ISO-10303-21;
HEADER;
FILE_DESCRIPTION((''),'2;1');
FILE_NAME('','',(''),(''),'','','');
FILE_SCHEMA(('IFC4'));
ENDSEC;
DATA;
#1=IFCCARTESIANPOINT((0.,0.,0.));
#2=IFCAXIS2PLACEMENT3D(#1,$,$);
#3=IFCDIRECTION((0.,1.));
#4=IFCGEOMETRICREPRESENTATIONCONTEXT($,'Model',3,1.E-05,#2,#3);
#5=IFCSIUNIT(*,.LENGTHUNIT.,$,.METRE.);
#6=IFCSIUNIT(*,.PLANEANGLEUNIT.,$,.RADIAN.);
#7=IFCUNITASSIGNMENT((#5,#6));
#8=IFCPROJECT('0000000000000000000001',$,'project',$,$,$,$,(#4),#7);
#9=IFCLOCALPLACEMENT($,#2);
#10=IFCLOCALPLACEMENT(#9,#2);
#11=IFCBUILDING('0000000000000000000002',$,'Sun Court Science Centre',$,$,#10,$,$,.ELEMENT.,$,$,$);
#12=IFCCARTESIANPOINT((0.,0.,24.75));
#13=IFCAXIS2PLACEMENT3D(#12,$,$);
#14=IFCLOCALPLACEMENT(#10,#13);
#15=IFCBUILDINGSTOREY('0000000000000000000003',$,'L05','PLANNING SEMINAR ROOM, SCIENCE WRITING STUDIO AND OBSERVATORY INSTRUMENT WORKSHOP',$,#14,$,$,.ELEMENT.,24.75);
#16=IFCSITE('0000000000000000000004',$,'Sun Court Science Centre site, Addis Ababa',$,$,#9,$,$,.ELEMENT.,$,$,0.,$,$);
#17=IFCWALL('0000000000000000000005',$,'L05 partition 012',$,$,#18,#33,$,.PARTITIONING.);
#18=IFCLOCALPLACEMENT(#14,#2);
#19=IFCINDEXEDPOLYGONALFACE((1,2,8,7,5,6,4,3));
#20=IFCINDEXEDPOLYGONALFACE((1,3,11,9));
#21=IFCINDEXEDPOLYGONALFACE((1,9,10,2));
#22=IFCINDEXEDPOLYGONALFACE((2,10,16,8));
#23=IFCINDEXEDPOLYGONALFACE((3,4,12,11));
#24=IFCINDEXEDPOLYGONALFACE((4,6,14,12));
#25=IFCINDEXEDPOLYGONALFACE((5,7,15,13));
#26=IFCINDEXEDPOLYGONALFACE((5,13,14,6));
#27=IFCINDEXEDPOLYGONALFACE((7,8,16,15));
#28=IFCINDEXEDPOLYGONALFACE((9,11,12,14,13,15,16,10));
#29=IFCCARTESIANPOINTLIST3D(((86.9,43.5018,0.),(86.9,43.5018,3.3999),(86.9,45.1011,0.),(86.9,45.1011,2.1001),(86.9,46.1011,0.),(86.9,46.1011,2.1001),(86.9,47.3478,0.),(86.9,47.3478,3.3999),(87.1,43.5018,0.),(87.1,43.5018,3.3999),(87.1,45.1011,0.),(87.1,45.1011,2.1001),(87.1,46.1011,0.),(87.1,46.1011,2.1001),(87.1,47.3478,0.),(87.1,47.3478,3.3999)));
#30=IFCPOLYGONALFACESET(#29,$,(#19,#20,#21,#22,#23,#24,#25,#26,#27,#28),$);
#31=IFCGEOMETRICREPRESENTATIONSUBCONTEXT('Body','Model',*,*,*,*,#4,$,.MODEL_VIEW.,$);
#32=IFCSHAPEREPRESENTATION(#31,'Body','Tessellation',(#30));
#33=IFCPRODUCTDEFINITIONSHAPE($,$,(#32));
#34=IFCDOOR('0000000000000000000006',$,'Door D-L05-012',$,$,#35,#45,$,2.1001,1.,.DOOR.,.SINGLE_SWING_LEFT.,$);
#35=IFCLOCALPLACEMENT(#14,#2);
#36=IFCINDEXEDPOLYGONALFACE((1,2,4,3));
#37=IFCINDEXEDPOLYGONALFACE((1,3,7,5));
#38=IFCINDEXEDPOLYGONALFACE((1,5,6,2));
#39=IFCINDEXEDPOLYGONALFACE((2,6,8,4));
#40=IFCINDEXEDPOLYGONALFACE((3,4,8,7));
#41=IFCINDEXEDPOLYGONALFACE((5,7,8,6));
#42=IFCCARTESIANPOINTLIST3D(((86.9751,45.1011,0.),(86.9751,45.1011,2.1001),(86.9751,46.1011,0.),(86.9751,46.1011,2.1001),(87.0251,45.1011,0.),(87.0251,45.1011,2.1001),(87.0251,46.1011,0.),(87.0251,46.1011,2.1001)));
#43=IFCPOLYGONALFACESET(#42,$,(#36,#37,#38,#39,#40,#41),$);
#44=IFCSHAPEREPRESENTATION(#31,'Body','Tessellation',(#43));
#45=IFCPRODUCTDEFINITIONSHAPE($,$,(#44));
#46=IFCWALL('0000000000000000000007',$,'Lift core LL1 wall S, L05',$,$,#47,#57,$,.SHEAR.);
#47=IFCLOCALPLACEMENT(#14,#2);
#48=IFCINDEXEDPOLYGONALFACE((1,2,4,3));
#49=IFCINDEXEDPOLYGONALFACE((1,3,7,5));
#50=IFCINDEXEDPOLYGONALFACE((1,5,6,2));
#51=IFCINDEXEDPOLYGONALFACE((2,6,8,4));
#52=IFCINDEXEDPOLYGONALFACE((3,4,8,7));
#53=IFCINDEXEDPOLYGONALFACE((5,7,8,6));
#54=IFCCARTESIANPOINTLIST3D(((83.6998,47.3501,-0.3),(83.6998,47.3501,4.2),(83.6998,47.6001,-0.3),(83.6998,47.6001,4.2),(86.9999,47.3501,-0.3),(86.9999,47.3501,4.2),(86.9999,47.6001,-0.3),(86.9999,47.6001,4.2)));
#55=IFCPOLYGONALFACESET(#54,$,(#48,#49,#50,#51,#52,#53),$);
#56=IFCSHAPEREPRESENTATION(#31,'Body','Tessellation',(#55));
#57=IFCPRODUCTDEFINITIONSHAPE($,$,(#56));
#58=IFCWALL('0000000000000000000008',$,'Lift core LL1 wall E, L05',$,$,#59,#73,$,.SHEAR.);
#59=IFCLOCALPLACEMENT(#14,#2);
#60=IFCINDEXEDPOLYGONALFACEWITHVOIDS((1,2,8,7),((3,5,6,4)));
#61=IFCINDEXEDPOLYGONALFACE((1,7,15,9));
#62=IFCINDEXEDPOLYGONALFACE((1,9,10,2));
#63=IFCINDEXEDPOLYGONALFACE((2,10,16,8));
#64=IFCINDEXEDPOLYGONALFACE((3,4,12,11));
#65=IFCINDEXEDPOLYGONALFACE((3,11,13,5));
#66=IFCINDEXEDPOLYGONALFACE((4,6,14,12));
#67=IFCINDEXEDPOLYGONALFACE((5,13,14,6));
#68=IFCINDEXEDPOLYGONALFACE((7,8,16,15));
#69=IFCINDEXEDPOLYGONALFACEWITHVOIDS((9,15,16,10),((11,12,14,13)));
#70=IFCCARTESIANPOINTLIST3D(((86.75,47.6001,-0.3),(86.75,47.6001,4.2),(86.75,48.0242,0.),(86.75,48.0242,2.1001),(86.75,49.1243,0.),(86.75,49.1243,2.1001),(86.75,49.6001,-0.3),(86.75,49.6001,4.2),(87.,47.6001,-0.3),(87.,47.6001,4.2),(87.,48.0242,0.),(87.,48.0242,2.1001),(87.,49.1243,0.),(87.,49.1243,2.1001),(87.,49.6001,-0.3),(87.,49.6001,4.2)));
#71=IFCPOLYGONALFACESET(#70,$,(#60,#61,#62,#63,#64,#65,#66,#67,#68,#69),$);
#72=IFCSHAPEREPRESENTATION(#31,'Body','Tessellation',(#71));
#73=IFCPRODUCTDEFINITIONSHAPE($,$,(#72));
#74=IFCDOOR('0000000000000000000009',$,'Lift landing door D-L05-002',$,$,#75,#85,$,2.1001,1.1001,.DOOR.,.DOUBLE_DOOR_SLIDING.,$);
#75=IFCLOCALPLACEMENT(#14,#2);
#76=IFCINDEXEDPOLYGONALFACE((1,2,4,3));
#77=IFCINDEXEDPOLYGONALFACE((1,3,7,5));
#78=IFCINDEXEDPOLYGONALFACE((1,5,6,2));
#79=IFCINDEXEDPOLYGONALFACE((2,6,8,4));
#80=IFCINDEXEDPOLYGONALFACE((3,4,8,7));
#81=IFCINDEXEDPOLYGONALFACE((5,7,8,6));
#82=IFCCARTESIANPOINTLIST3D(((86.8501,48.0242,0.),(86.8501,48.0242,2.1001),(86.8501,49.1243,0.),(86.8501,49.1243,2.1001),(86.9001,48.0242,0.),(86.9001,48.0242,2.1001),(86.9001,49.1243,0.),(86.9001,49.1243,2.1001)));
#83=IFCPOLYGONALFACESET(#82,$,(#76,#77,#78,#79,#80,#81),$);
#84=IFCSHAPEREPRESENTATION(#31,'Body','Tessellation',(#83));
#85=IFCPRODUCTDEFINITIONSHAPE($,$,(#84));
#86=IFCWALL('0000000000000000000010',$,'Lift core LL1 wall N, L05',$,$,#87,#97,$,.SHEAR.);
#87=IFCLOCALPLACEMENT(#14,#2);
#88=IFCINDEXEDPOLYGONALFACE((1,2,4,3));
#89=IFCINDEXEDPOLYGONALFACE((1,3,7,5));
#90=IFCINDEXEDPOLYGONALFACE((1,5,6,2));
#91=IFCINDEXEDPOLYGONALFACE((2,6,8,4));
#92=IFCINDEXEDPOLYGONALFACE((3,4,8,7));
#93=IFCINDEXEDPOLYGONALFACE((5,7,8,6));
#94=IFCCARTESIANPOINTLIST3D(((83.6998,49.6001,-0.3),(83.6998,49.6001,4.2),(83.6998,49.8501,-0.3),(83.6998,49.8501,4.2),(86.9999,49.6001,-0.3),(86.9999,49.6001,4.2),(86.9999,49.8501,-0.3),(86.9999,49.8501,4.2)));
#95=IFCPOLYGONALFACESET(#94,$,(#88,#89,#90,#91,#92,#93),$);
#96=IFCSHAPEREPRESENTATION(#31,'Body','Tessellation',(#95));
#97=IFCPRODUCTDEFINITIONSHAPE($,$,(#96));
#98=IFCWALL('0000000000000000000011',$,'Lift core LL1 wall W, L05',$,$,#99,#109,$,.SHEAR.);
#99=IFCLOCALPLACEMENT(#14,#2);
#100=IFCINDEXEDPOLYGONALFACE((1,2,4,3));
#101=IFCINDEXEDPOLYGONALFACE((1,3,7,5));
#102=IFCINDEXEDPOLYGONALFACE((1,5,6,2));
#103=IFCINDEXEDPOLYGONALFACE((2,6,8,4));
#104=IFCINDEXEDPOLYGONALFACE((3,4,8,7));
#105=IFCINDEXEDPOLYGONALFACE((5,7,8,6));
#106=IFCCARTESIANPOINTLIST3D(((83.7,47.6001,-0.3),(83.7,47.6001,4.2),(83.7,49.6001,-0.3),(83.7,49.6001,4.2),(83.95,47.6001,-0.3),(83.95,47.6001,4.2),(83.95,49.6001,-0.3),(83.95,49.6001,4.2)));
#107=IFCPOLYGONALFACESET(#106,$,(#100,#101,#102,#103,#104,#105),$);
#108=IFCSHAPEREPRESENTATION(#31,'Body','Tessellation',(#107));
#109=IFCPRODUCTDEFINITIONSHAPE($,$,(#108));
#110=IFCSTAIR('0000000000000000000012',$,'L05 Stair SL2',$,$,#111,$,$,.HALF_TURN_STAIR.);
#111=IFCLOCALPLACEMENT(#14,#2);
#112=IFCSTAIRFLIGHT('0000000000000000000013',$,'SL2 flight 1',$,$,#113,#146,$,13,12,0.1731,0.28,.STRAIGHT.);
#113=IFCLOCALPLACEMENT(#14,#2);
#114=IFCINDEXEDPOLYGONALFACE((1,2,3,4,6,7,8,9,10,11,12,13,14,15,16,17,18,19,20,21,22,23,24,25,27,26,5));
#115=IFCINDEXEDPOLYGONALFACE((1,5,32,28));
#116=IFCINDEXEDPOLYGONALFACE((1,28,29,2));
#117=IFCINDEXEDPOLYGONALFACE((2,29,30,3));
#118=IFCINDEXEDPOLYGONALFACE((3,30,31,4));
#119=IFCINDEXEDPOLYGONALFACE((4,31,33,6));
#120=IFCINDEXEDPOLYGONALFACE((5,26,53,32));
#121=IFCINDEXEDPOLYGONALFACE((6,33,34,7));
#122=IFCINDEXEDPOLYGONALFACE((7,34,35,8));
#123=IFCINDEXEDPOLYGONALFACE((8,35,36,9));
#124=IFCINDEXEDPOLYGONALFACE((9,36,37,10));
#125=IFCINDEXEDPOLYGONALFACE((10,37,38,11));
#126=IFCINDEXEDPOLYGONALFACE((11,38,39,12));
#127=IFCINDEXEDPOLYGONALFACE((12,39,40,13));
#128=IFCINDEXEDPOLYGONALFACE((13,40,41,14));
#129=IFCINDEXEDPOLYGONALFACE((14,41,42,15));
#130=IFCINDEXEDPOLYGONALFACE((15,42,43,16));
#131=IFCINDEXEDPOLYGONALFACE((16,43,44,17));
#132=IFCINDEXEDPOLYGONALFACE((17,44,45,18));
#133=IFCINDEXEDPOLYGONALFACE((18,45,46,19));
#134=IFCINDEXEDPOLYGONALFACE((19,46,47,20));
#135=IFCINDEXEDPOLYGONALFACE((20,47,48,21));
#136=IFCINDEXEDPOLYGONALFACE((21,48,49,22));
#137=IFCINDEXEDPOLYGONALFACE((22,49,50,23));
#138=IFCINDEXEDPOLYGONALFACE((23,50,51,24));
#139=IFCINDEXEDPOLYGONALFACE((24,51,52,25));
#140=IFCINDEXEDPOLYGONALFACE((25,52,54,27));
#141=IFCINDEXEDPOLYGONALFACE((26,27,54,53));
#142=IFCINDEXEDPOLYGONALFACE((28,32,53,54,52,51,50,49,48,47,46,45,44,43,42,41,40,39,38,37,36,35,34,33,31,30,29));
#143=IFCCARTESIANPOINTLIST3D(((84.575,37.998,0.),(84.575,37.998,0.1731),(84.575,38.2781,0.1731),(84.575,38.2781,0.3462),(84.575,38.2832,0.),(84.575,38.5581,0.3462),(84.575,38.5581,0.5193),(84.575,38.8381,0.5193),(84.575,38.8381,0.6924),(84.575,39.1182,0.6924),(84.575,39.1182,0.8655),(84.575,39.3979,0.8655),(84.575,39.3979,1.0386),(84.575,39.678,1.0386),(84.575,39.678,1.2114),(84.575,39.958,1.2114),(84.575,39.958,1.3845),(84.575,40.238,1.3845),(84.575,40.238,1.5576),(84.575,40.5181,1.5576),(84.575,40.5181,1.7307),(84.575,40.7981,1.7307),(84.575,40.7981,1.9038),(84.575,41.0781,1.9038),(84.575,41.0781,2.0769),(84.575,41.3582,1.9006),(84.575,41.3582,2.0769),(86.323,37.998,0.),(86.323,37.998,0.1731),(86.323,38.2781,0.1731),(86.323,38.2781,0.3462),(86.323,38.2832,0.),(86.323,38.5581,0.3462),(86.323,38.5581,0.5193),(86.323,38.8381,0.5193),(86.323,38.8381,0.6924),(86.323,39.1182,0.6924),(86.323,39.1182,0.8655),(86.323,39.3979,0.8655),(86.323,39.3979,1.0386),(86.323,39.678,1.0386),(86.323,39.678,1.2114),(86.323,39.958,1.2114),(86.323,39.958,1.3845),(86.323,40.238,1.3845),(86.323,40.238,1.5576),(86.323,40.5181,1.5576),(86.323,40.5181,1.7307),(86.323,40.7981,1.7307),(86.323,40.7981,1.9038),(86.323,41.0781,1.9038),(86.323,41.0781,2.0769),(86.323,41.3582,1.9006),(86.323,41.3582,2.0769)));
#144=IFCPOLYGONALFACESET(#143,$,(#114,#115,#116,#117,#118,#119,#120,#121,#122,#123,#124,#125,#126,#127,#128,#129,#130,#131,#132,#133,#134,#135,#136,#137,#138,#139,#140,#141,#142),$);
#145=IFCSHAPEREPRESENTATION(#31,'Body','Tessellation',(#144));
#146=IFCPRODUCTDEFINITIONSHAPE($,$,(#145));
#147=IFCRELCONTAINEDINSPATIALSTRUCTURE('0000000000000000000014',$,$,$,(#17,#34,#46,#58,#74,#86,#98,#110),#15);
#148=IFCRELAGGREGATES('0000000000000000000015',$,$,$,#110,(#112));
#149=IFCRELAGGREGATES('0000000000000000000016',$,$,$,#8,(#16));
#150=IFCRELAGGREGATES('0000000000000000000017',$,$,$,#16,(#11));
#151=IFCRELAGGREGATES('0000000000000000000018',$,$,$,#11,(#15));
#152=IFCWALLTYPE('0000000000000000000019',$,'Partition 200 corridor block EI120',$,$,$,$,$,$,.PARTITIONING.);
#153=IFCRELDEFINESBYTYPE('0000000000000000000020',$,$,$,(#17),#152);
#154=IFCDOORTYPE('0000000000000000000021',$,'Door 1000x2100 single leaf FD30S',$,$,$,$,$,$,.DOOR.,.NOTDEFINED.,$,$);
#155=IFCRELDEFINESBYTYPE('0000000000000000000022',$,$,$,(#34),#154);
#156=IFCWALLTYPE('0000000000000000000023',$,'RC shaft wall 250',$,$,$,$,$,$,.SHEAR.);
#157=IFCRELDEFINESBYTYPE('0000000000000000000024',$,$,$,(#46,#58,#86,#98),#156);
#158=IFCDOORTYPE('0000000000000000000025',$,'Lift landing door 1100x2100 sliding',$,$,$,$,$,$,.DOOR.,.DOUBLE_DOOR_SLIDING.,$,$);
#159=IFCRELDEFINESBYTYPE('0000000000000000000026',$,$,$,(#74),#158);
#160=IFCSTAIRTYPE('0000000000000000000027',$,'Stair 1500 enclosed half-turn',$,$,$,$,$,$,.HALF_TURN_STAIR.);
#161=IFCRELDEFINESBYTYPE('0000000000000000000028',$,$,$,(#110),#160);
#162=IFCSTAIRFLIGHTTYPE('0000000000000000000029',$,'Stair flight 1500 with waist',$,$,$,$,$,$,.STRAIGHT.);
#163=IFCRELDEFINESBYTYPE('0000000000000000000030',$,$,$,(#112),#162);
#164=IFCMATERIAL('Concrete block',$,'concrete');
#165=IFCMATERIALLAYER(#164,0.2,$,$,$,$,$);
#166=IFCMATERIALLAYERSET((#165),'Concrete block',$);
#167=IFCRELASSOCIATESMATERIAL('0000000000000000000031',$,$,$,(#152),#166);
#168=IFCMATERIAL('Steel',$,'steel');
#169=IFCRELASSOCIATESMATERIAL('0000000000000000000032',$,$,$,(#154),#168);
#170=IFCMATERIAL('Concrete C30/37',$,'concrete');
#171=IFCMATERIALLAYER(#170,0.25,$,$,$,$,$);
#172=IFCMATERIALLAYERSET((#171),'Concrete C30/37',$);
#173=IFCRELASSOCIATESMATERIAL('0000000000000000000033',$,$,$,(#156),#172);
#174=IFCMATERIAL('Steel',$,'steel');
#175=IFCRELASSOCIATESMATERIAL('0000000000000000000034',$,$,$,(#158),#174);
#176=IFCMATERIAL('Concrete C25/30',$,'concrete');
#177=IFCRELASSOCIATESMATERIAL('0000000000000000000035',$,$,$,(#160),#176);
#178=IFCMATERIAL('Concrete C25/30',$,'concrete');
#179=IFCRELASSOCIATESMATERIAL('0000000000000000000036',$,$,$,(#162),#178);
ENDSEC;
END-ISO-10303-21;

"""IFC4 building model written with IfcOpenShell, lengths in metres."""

from ifc_helpers import new_model, si_unit, direction, frame, frame_2d, origin, place, context, subcontext, project, spatial, polyline, rectangle, outline, extrude, material, layer, layer_set, type_object, element, fill, aggregate, save


model = new_model("IFC4")

# Units and contexts
model_context = context("Model", 3, precision=1e-05, world=origin(), true_north=direction((0.0, 1.0)))
body_context = subcontext(model_context, "Body", "Model", "MODEL_VIEW")
ifc_project = project(units=[si_unit("LENGTHUNIT", "METRE"), si_unit("PLANEANGLEUNIT", "RADIAN")], contexts=[model_context])

# Site, building, storey
site_placement = place(None, origin())
site = spatial("IfcSite", under=ifc_project, at=site_placement, Name="Sun Court Science Centre site, Addis Ababa", CompositionType="ELEMENT", RefElevation=0.0)
building_placement = place(site_placement, origin())
building = spatial("IfcBuilding", under=site, at=building_placement, Name="Sun Court Science Centre", CompositionType="ELEMENT")
storey_placement = place(building_placement, frame((0.0, 0.0, 24.75)))
storey = spatial("IfcBuildingStorey", under=building, at=storey_placement, Name="L05", Description="PLANNING SEMINAR ROOM, SCIENCE WRITING STUDIO AND OBSERVATORY INSTRUMENT WORKSHOP", CompositionType="ELEMENT", Elevation=24.75)

# Wall, opening, door
ifc_material_1 = material(Name="Concrete block", Category="concrete")
ifc_layer_1 = layer(ifc_material_1, 0.2)
ifc_layer_set_1 = layer_set([ifc_layer_1], Name="Concrete block")
wall_type_1 = type_object("IfcWallType", Name="Partition 200 corridor block EI120", PredefinedType="PARTITIONING", material=ifc_layer_set_1)
wall_1_placement = place(storey_placement, frame((87.0, 43.502, 0.0), z_axis=(0.0, 0.0, 1.0), x_axis=(0.0, 1.0, 0.0)))
wall_1 = element("IfcWall", 1, at=wall_1_placement, inside=storey, type_object=wall_type_1, Name="L05 partition 012", PredefinedType="PARTITIONING", context=body_context, shape_type="SweptSolid", body=[
    extrude(rectangle(XDim=3.8459, YDim=0.2, at=frame_2d((1.9229, 0.0))), origin(), (0.0, 0.0, 1.0), 3.3999),
])
opening_1_placement = place(wall_1_placement, frame((1.5991, 0.0, 0.0)))
opening_1 = element("IfcOpeningElement", 2, at=opening_1_placement, cuts=wall_1, PredefinedType="OPENING", context=body_context, shape_type="SweptSolid", body=[
    extrude(rectangle(XDim=1.0, YDim=2.1001, at=frame_2d((0.5, 1.05))), frame((0.0, 0.1099, 0.0), z_axis=(0.0, -1.0, 0.0), x_axis=(1.0, 0.0, 0.0)), (0.0, 0.0, 1.0), 0.22),
])
ifc_material_2 = material(Name="Steel", Category="steel")
door_type_1 = type_object("IfcDoorType", Name="Door 1000x2100 single leaf FD30S", OperationType="NOTDEFINED", PredefinedType="DOOR", material=ifc_material_2)
door_1_placement = place(opening_1_placement, origin())
door_1 = element("IfcDoor", 3, at=door_1_placement, inside=storey, type_object=door_type_1, Name="Door D-L05-012", OperationType="SINGLE_SWING_LEFT", OverallHeight=2.1001, OverallWidth=1.0, PredefinedType="DOOR", context=body_context, shape_type="SweptSolid", body=[
    extrude(rectangle(XDim=1.0, YDim=2.1001, at=frame_2d((0.5, 1.05))), frame((0.0, 0.0249, 0.0), z_axis=(0.0, -1.0, 0.0), x_axis=(1.0, 0.0, 0.0)), (0.0, 0.0, 1.0), 0.05),
])
fill(opening_1, door_1)

# Wall
ifc_material_3 = material(Name="Concrete C30/37", Category="concrete")
ifc_layer_2 = layer(ifc_material_3, 0.25)
ifc_layer_set_2 = layer_set([ifc_layer_2], Name="Concrete C30/37")
wall_type_2 = type_object("IfcWallType", Name="RC shaft wall 250", PredefinedType="SHEAR", material=ifc_layer_set_2)
wall_2_placement = place(storey_placement, frame((83.7, 47.4751, -0.3), z_axis=(0.0, 0.0, 1.0), x_axis=(1.0, 0.0, 0.0)))
element("IfcWall", 4, at=wall_2_placement, inside=storey, type_object=wall_type_2, Name="Lift core LL1 wall S, L05", PredefinedType="SHEAR", context=body_context, shape_type="SweptSolid", body=[
    extrude(rectangle(XDim=3.3, YDim=0.25, at=frame_2d((1.6499, 0.0))), origin(), (0.0, 0.0, 1.0), 4.5),
])

# Wall, opening, door
wall_3_placement = place(storey_placement, frame((86.875, 47.6001, -0.3), z_axis=(0.0, 0.0, 1.0), x_axis=(0.0, 1.0, 0.0)))
wall_3 = element("IfcWall", 5, at=wall_3_placement, inside=storey, type_object=wall_type_2, Name="Lift core LL1 wall E, L05", PredefinedType="SHEAR", context=body_context, shape_type="SweptSolid", body=[
    extrude(rectangle(XDim=2.0, YDim=0.25, at=frame_2d((1.0, 0.0))), origin(), (0.0, 0.0, 1.0), 4.5),
])
opening_2_placement = place(wall_3_placement, frame((0.4241, 0.0, 0.3)))
opening_2 = element("IfcOpeningElement", 6, at=opening_2_placement, cuts=wall_3, PredefinedType="OPENING", context=body_context, shape_type="SweptSolid", body=[
    extrude(rectangle(XDim=1.1001, YDim=2.1001, at=frame_2d((0.55, 1.05))), frame((0.0, 0.135, 0.0), z_axis=(0.0, -1.0, 0.0), x_axis=(1.0, 0.0, 0.0)), (0.0, 0.0, 1.0), 0.27),
])
ifc_material_4 = material(Name="Steel", Category="steel")
door_type_2 = type_object("IfcDoorType", Name="Lift landing door 1100x2100 sliding", OperationType="DOUBLE_DOOR_SLIDING", PredefinedType="DOOR", material=ifc_material_4)
door_2_placement = place(opening_2_placement, origin())
door_2 = element("IfcDoor", 7, at=door_2_placement, inside=storey, type_object=door_type_2, Name="Lift landing door D-L05-002", OperationType="DOUBLE_DOOR_SLIDING", OverallHeight=2.1001, OverallWidth=1.1001, PredefinedType="DOOR", context=body_context, shape_type="SweptSolid", body=[
    extrude(rectangle(XDim=1.1001, YDim=2.1001, at=frame_2d((0.55, 1.05))), frame((0.0, 0.0249, 0.0), z_axis=(0.0, -1.0, 0.0), x_axis=(1.0, 0.0, 0.0)), (0.0, 0.0, 1.0), 0.05),
])
fill(opening_2, door_2)

# Walls
wall_4_placement = place(storey_placement, frame((83.7, 49.7251, -0.3), z_axis=(0.0, 0.0, 1.0), x_axis=(1.0, 0.0, 0.0)))
element("IfcWall", 8, at=wall_4_placement, inside=storey, type_object=wall_type_2, Name="Lift core LL1 wall N, L05", PredefinedType="SHEAR", context=body_context, shape_type="SweptSolid", body=[
    extrude(rectangle(XDim=3.3, YDim=0.25, at=frame_2d((1.6499, 0.0))), origin(), (0.0, 0.0, 1.0), 4.5),
])
wall_5_placement = place(storey_placement, frame((83.825, 47.6001, -0.3), z_axis=(0.0, 0.0, 1.0), x_axis=(0.0, 1.0, 0.0)))
element("IfcWall", 9, at=wall_5_placement, inside=storey, type_object=wall_type_2, Name="Lift core LL1 wall W, L05", PredefinedType="SHEAR", context=body_context, shape_type="SweptSolid", body=[
    extrude(rectangle(XDim=2.0, YDim=0.25, at=frame_2d((1.0, 0.0))), origin(), (0.0, 0.0, 1.0), 4.5),
])

# Stair, stair flight
ifc_material_5 = material(Name="Concrete C25/30", Category="concrete")
stair_type = type_object("IfcStairType", Name="Stair 1500 enclosed half-turn", PredefinedType="HALF_TURN_STAIR", material=ifc_material_5)
stair_placement = place(storey_placement, origin())
stair = element("IfcStair", 10, at=stair_placement, inside=storey, type_object=stair_type, Name="L05 Stair SL2", PredefinedType="HALF_TURN_STAIR")
ifc_material_6 = material(Name="Concrete C25/30", Category="concrete")
stair_flight_type = type_object("IfcStairFlightType", Name="Stair flight 1500 with waist", PredefinedType="STRAIGHT", material=ifc_material_6)
stair_flight_1_placement = place(storey_placement, frame((85.449, 37.998, 0.0), z_axis=(0.0, 0.0, 1.0), x_axis=(0.0, 1.0, 0.0)))
stair_flight_1 = element("IfcStairFlight", 11, at=stair_flight_1_placement, type_object=stair_flight_type, Name="SL2 flight 1", NumberOfRisers=13, NumberOfTreads=12, PredefinedType="STRAIGHT", RiserHeight=0.1731, TreadLength=0.28, context=body_context, shape_type="SweptSolid", body=[
    extrude(outline(polyline([(0.0, 0.0), (0.0, 0.1731), (0.28, 0.1731), (0.28, 0.3462), (0.5601, 0.3462), (0.5601, 0.5193), (0.8401, 0.5193), (0.8401, 0.6924), (1.1201, 0.6924), (1.1201, 0.8655), (1.3999, 0.8655), (1.3999, 1.0386), (1.6799, 1.0386), (1.6799, 1.2114), (1.96, 1.2114), (1.96, 1.3845), (2.24, 1.3845), (2.24, 1.5576), (2.52, 1.5576), (2.52, 1.7307), (2.8, 1.7307), (2.8, 1.9038), (3.0801, 1.9038), (3.0801, 2.0769), (3.3601, 2.0769), (3.3601, 2.25), (3.3601, 1.9006), (0.2852, 0.0), (0.0, 0.0)])), frame((0.0, 0.874, 0.0), z_axis=(0.0, -1.0, 0.0), x_axis=(1.0, 0.0, 0.0)), (0.0, 0.0, 1.0), 1.748),
])
aggregate(stair, [stair_flight_1])

save(model, "model.ifc")
